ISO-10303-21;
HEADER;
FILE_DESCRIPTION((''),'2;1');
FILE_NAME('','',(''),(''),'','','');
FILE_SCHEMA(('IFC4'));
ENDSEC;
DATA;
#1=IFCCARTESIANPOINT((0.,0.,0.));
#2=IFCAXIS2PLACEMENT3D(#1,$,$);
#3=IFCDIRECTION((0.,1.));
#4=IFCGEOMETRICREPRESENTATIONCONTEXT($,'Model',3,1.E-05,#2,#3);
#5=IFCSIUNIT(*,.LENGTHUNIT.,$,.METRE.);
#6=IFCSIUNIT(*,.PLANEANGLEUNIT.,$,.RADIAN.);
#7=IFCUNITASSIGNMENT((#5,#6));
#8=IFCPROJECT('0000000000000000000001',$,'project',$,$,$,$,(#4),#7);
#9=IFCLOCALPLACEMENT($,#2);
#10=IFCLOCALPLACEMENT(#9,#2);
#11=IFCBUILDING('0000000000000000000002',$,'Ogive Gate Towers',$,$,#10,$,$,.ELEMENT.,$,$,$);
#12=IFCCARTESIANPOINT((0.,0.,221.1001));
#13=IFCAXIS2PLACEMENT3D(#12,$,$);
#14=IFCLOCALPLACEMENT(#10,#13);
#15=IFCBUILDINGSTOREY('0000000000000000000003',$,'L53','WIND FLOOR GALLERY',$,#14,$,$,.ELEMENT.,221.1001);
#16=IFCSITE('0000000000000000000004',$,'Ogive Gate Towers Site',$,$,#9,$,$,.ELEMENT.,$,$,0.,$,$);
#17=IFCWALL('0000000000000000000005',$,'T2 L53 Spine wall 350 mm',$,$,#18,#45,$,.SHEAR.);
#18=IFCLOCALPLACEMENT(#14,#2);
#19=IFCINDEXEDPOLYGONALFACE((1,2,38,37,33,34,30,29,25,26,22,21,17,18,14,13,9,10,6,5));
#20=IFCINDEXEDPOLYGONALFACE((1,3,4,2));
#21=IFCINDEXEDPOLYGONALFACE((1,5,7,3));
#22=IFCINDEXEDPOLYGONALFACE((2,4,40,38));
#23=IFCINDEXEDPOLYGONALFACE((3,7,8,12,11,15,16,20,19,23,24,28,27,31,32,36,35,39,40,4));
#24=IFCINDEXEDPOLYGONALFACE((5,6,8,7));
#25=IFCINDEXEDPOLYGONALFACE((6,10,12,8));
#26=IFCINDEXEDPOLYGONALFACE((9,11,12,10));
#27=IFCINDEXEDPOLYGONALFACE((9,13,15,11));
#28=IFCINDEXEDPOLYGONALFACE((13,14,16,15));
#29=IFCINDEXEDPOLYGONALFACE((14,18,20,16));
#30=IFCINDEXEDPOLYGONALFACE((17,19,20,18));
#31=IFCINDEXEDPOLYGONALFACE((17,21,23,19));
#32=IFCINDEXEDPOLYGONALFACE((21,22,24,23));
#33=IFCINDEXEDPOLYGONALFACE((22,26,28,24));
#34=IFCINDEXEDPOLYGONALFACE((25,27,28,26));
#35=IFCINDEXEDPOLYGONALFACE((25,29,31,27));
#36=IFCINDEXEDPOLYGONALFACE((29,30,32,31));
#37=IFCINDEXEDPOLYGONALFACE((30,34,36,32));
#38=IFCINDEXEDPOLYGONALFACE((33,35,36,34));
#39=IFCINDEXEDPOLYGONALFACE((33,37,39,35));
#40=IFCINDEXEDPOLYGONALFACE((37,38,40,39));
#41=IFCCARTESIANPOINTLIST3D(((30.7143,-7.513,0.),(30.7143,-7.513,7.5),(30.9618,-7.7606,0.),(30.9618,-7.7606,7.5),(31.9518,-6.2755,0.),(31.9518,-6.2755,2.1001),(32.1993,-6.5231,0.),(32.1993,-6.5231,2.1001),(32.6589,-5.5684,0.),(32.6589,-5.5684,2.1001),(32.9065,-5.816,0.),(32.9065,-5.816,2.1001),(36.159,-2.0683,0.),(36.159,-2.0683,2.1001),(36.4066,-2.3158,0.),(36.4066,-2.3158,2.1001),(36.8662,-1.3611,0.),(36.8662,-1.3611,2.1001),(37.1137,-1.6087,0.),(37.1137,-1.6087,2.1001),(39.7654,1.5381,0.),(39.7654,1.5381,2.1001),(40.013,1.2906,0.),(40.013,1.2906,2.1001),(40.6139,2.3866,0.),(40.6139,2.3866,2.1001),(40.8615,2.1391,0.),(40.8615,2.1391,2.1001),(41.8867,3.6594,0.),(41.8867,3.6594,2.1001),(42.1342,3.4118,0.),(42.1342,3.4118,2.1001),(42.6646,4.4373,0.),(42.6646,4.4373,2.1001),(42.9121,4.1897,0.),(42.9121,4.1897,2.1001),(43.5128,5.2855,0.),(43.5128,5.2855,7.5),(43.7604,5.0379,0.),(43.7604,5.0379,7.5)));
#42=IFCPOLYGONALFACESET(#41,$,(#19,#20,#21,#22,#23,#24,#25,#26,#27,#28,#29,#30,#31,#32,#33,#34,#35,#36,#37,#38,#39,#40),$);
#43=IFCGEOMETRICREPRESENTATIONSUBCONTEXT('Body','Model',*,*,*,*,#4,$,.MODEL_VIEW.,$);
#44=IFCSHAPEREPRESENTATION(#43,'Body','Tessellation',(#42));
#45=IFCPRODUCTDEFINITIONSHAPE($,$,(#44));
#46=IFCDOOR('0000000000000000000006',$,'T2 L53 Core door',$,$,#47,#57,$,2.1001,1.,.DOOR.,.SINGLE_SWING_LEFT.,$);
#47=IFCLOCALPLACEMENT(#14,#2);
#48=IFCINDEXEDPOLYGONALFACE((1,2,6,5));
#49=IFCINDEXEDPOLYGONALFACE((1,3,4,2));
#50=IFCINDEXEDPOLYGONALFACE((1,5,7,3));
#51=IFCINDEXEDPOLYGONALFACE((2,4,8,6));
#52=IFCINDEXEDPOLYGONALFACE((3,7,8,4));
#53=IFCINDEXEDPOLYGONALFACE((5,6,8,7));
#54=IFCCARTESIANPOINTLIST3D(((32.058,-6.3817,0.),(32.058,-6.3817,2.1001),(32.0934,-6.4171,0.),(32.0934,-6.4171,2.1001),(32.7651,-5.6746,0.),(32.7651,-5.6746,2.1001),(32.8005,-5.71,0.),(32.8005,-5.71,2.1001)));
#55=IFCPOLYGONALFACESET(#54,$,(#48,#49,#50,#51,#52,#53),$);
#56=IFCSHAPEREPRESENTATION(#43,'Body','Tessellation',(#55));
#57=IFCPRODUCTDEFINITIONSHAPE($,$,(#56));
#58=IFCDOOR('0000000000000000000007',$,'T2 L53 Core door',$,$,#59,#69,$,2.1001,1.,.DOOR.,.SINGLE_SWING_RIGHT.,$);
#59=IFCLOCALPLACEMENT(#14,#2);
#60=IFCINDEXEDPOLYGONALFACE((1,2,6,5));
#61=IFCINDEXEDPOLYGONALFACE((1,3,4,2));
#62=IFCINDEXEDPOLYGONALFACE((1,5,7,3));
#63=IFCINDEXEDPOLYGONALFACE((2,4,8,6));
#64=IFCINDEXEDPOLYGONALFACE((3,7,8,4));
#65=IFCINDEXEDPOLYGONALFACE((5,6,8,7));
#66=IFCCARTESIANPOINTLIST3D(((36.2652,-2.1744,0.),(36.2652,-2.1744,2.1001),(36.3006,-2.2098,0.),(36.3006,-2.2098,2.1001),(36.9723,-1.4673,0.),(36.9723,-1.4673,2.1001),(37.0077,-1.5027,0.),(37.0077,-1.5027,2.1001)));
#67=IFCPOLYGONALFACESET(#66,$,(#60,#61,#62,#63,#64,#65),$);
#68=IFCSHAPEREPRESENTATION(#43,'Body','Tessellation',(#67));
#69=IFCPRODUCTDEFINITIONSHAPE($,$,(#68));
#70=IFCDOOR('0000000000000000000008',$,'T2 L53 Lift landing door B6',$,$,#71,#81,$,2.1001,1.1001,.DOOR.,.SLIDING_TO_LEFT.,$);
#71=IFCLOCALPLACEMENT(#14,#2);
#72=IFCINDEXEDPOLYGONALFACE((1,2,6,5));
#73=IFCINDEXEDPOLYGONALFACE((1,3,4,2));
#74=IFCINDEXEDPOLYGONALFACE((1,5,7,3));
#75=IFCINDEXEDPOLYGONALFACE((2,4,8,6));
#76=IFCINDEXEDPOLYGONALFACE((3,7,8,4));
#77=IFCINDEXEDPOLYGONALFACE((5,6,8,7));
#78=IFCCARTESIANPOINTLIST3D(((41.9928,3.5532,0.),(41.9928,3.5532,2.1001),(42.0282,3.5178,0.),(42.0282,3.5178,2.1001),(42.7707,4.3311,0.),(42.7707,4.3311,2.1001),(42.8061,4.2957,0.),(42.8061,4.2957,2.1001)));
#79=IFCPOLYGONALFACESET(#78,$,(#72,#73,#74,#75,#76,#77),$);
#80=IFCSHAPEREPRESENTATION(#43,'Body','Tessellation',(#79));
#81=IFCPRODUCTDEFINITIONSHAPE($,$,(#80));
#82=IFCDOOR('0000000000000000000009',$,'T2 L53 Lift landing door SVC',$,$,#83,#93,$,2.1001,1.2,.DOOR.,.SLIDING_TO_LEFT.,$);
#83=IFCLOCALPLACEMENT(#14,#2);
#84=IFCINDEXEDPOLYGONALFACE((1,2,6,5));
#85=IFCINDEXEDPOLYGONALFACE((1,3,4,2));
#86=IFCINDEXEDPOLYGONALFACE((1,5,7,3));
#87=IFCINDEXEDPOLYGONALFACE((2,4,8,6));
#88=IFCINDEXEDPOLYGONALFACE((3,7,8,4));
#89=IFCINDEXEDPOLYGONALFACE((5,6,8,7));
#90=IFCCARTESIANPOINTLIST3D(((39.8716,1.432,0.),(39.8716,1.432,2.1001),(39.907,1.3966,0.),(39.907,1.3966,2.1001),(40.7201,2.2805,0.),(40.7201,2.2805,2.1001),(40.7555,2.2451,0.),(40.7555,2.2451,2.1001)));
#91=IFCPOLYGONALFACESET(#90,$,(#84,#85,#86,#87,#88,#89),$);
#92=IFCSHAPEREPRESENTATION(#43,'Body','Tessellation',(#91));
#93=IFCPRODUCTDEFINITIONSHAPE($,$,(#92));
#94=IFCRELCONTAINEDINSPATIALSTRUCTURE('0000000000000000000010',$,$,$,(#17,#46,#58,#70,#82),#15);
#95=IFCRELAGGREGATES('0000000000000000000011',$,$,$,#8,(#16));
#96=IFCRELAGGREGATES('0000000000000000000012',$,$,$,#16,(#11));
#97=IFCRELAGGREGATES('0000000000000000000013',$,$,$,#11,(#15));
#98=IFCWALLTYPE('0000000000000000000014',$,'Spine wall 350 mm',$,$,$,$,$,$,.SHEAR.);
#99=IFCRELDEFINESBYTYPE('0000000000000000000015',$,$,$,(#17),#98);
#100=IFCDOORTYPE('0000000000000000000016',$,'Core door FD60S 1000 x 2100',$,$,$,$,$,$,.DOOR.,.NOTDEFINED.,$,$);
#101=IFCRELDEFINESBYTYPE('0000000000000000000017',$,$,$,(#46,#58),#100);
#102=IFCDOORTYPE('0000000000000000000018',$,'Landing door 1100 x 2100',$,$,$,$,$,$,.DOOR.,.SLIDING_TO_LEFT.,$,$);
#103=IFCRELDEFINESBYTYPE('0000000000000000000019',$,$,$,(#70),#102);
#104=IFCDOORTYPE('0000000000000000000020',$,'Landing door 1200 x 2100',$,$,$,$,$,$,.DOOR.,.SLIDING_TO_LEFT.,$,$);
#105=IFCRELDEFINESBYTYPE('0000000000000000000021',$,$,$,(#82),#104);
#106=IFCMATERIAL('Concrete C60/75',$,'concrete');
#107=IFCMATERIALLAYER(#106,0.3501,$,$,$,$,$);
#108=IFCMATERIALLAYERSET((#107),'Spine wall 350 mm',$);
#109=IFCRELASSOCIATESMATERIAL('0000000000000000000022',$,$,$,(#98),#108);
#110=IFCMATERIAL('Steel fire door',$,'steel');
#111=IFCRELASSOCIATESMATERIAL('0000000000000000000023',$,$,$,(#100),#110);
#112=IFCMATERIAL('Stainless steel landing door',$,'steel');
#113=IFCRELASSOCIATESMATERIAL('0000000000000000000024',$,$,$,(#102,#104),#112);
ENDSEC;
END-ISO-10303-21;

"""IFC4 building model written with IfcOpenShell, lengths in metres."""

from ifc_helpers import new_model, si_unit, direction, frame, frame_2d, origin, place, context, subcontext, project, spatial, rectangle, extrude, material, layer, layer_set, type_object, element, fill, save


model = new_model("IFC4")

# Units and contexts
model_context = context("Model", 3, precision=1e-05, world=origin(), true_north=direction((0.0, 1.0)))
body_context = subcontext(model_context, "Body", "Model", "MODEL_VIEW")
ifc_project = project(units=[si_unit("LENGTHUNIT", "METRE"), si_unit("PLANEANGLEUNIT", "RADIAN")], contexts=[model_context])

# Site, building, storey
site_placement = place(None, origin())
site = spatial("IfcSite", under=ifc_project, at=site_placement, Name="Ogive Gate Towers Site", CompositionType="ELEMENT", RefElevation=0.0)
building_placement = place(site_placement, origin())
building = spatial("IfcBuilding", under=site, at=building_placement, Name="Ogive Gate Towers", CompositionType="ELEMENT")
storey_placement = place(building_placement, frame((0.0, 0.0, 221.1001)))
storey = spatial("IfcBuildingStorey", under=building, at=storey_placement, Name="L53", Description="WIND FLOOR GALLERY", CompositionType="ELEMENT", Elevation=221.1001)

# Shared definitions
ifc_material_1 = material(Name="Concrete C60/75", Category="concrete")

# Wall, openings, doors
ifc_layer_1 = layer(ifc_material_1, 0.3501)
ifc_layer_set_1 = layer_set([ifc_layer_1], Name="Spine wall 350 mm")
wall_type_1 = type_object("IfcWallType", Name="Spine wall 350 mm", PredefinedType="SHEAR", material=ifc_layer_set_1)
wall_1_placement = place(storey_placement, frame((30.8381, -7.6367, 0.0), z_axis=(0.0, 0.0, 1.0), x_axis=(0.707107, 0.707107, 0.0)))
wall_1 = element("IfcWall", 1, at=wall_1_placement, inside=storey, type_object=wall_type_1, Name="T2 L53 Spine wall 350 mm", PredefinedType="SHEAR", context=body_context, shape_type="SweptSolid", body=[
    extrude(rectangle(XDim=18.0999, YDim=0.3501, at=frame_2d((9.0498, 0.0))), origin(), (0.0, 0.0, 1.0), 7.5),
])
opening_1_placement = place(wall_1_placement, frame((12.8, 0.0, 0.0)))
opening_1 = element("IfcOpeningElement", 2, at=opening_1_placement, cuts=wall_1, PredefinedType="OPENING", context=body_context, shape_type="SweptSolid", body=[
    extrude(rectangle(XDim=1.2, YDim=2.1001, at=frame_2d((0.6001, 1.05))), frame((0.0, 0.1851, 0.0), z_axis=(0.0, -1.0, 0.0), x_axis=(1.0, 0.0, 0.0)), (0.0, 0.0, 1.0), 0.3701),
])
opening_2_placement = place(wall_1_placement, frame((15.8, 0.0, 0.0)))
opening_2 = element("IfcOpeningElement", 3, at=opening_2_placement, cuts=wall_1, PredefinedType="OPENING", context=body_context, shape_type="SweptSolid", body=[
    extrude(rectangle(XDim=1.1001, YDim=2.1001, at=frame_2d((0.55, 1.05))), frame((0.0, 0.1851, 0.0), z_axis=(0.0, -1.0, 0.0), x_axis=(1.0, 0.0, 0.0)), (0.0, 0.0, 1.0), 0.3701),
])
opening_3_placement = place(wall_1_placement, frame((1.75, 0.0, 0.0)))
opening_3 = element("IfcOpeningElement", 4, at=opening_3_placement, cuts=wall_1, PredefinedType="OPENING", context=body_context, shape_type="SweptSolid", body=[
    extrude(rectangle(XDim=1.0, YDim=2.1001, at=frame_2d((0.5, 1.05))), frame((0.0, 0.1851, 0.0), z_axis=(0.0, -1.0, 0.0), x_axis=(1.0, 0.0, 0.0)), (0.0, 0.0, 1.0), 0.3701),
])
opening_4_placement = place(wall_1_placement, frame((7.7, 0.0, 0.0)))
opening_4 = element("IfcOpeningElement", 5, at=opening_4_placement, cuts=wall_1, PredefinedType="OPENING", context=body_context, shape_type="SweptSolid", body=[
    extrude(rectangle(XDim=1.0, YDim=2.1001, at=frame_2d((0.5, 1.05))), frame((0.0, 0.1851, 0.0), z_axis=(0.0, -1.0, 0.0), x_axis=(1.0, 0.0, 0.0)), (0.0, 0.0, 1.0), 0.3701),
])
ifc_material_2 = material(Name="Steel fire door", Category="steel")
door_type_1 = type_object("IfcDoorType", Name="Core door FD60S 1000 x 2100", OperationType="NOTDEFINED", PredefinedType="DOOR", material=ifc_material_2)
door_1_placement = place(opening_3_placement, origin())
door_1 = element("IfcDoor", 6, at=door_1_placement, inside=storey, type_object=door_type_1, Name="T2 L53 Core door", OperationType="SINGLE_SWING_LEFT", OverallHeight=2.1001, OverallWidth=1.0, PredefinedType="DOOR", context=body_context, shape_type="SweptSolid", body=[
    extrude(rectangle(XDim=1.0, YDim=2.1001, at=frame_2d((0.5, 1.05))), frame((0.0, 0.0249, 0.0), z_axis=(0.0, -1.0, 0.0), x_axis=(1.0, 0.0, 0.0)), (0.0, 0.0, 1.0), 0.05),
])
fill(opening_3, door_1)
door_2_placement = place(opening_4_placement, origin())
door_2 = element("IfcDoor", 7, at=door_2_placement, inside=storey, type_object=door_type_1, Name="T2 L53 Core door", OperationType="SINGLE_SWING_RIGHT", OverallHeight=2.1001, OverallWidth=1.0, PredefinedType="DOOR", context=body_context, shape_type="SweptSolid", body=[
    extrude(rectangle(XDim=1.0, YDim=2.1001, at=frame_2d((0.5, 1.05))), frame((0.0, 0.0249, 0.0), z_axis=(0.0, -1.0, 0.0), x_axis=(1.0, 0.0, 0.0)), (0.0, 0.0, 1.0), 0.05),
])
fill(opening_4, door_2)
ifc_material_3 = material(Name="Stainless steel landing door", Category="steel")
door_type_2 = type_object("IfcDoorType", Name="Landing door 1100 x 2100", OperationType="SLIDING_TO_LEFT", PredefinedType="DOOR", material=ifc_material_3)
door_3_placement = place(opening_2_placement, origin())
door_3 = element("IfcDoor", 8, at=door_3_placement, inside=storey, type_object=door_type_2, Name="T2 L53 Lift landing door B6", OperationType="SLIDING_TO_LEFT", OverallHeight=2.1001, OverallWidth=1.1001, PredefinedType="DOOR", context=body_context, shape_type="SweptSolid", body=[
    extrude(rectangle(XDim=1.1001, YDim=2.1001, at=frame_2d((0.55, 1.05))), frame((0.0, 0.0249, 0.0), z_axis=(0.0, -1.0, 0.0), x_axis=(1.0, 0.0, 0.0)), (0.0, 0.0, 1.0), 0.05),
])
fill(opening_2, door_3)
door_type_3 = type_object("IfcDoorType", Name="Landing door 1200 x 2100", OperationType="SLIDING_TO_LEFT", PredefinedType="DOOR", material=ifc_material_3)
door_4_placement = place(opening_1_placement, origin())
door_4 = element("IfcDoor", 9, at=door_4_placement, inside=storey, type_object=door_type_3, Name="T2 L53 Lift landing door SVC", OperationType="SLIDING_TO_LEFT", OverallHeight=2.1001, OverallWidth=1.2, PredefinedType="DOOR", context=body_context, shape_type="SweptSolid", body=[
    extrude(rectangle(XDim=1.2, YDim=2.1001, at=frame_2d((0.6001, 1.05))), frame((0.0, 0.0249, 0.0), z_axis=(0.0, -1.0, 0.0), x_axis=(1.0, 0.0, 0.0)), (0.0, 0.0, 1.0), 0.05),
])
fill(opening_1, door_4)

save(model, "model.ifc")
